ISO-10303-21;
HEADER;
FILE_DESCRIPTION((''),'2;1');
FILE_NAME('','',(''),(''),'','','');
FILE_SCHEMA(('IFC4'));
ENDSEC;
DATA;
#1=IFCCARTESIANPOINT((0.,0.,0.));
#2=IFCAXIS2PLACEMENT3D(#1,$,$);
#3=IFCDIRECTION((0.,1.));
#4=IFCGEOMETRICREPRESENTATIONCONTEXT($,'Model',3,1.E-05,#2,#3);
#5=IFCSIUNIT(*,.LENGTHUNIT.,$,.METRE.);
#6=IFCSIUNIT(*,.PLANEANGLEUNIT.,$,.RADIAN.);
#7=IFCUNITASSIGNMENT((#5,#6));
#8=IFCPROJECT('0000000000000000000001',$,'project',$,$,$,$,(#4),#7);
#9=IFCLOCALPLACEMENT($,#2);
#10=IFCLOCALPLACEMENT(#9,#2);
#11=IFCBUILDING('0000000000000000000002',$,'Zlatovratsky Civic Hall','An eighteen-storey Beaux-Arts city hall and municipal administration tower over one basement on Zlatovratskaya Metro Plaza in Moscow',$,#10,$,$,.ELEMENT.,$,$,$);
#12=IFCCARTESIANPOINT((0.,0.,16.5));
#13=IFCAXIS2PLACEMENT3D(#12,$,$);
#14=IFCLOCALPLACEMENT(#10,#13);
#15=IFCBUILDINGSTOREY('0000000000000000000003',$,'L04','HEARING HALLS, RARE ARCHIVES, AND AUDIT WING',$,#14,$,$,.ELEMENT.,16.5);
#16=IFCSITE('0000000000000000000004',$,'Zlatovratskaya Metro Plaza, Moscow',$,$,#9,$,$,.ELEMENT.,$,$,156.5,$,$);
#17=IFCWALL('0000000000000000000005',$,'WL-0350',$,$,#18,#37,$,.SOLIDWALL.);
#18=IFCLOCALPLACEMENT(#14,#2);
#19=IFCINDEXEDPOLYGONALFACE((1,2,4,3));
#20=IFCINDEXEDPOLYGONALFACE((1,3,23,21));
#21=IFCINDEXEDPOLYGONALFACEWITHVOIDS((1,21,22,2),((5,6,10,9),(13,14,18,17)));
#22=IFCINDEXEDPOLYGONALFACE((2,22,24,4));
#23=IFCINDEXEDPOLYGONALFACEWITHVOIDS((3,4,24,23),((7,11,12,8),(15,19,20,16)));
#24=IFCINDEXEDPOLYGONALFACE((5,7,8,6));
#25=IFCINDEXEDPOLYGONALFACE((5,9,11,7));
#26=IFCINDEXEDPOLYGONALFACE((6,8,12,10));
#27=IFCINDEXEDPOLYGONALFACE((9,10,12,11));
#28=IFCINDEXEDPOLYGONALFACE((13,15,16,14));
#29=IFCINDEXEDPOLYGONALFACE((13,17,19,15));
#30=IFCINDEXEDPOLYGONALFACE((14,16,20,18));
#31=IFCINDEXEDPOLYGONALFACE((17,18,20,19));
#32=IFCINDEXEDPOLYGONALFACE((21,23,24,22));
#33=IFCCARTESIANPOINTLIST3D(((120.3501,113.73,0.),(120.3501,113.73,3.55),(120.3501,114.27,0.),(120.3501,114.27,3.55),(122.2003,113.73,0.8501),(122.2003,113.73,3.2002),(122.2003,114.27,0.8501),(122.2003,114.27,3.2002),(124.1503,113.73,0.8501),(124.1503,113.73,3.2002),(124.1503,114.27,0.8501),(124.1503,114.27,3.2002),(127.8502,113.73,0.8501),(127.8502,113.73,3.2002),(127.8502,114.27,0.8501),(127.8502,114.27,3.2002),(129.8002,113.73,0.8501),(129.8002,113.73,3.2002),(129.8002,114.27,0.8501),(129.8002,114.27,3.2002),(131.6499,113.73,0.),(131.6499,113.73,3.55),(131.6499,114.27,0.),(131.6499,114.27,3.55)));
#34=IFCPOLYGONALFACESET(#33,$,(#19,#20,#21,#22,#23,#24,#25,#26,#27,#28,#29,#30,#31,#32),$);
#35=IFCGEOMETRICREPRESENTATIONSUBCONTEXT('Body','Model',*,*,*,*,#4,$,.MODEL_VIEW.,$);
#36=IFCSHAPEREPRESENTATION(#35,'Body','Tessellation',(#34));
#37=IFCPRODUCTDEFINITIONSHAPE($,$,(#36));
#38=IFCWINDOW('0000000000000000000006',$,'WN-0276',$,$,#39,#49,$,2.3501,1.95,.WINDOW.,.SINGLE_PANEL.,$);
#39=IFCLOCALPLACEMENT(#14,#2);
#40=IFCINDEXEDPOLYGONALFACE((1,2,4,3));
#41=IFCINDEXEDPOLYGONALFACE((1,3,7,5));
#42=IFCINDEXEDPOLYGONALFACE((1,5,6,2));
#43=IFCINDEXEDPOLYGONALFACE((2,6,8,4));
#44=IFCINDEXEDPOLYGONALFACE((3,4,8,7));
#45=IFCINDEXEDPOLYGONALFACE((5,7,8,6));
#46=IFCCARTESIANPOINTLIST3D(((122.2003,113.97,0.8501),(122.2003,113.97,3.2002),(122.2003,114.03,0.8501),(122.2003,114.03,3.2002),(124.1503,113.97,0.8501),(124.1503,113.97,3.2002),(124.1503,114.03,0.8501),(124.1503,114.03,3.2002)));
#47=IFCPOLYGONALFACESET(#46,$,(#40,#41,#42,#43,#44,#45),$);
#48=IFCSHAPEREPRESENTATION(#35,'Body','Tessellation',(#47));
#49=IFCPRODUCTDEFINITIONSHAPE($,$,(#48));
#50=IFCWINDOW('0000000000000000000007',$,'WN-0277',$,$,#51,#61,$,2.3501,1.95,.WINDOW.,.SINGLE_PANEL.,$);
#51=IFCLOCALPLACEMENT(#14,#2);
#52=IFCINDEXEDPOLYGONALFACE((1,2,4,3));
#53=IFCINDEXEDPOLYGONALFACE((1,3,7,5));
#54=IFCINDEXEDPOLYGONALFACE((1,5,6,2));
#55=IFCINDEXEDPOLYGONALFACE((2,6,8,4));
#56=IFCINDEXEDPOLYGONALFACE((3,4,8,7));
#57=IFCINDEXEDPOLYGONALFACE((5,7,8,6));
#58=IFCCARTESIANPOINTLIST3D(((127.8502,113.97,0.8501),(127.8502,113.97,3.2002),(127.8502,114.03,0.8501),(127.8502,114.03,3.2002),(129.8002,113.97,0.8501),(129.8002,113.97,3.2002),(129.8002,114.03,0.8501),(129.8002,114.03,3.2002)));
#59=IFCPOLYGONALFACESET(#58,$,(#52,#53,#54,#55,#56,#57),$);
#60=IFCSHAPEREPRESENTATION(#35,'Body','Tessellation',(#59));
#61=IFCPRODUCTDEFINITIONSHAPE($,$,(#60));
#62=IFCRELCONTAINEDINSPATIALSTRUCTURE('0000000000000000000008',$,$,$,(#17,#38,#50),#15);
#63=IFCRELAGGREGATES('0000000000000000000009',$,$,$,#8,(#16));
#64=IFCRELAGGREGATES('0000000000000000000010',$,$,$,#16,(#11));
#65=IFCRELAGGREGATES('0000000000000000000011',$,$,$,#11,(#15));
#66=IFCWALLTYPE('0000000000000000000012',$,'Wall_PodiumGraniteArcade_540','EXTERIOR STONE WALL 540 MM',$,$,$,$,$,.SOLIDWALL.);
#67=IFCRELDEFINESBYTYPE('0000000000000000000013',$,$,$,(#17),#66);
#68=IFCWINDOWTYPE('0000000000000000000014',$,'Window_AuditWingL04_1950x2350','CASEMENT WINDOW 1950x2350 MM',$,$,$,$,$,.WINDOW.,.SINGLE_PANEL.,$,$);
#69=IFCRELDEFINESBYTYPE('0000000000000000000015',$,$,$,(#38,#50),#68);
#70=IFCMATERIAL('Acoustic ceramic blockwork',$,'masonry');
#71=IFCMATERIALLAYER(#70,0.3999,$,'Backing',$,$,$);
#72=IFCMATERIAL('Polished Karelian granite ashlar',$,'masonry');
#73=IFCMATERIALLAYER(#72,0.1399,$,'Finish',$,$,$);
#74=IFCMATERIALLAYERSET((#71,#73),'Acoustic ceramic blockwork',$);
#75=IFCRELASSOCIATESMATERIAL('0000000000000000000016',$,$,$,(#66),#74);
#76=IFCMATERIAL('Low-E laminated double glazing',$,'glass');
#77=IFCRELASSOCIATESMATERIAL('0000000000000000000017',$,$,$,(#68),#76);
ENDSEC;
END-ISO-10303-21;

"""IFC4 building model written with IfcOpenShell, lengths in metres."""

from ifc_helpers import new_model, si_unit, direction, frame, frame_2d, origin, place, context, subcontext, project, spatial, rectangle, extrude, material, layer, layer_set, type_object, element, fill, save


model = new_model("IFC4")

# Units and contexts
model_context = context("Model", 3, precision=1e-05, world=origin(), true_north=direction((0.0, 1.0)))
body_context = subcontext(model_context, "Body", "Model", "MODEL_VIEW")
ifc_project = project(units=[si_unit("LENGTHUNIT", "METRE"), si_unit("PLANEANGLEUNIT", "RADIAN")], contexts=[model_context])

# Site, building, storey
site_placement = place(None, origin())
site = spatial("IfcSite", under=ifc_project, at=site_placement, Name="Zlatovratskaya Metro Plaza, Moscow", CompositionType="ELEMENT", RefElevation=156.5)
building_placement = place(site_placement, origin())
building = spatial("IfcBuilding", under=site, at=building_placement, Name="Zlatovratsky Civic Hall", Description="An eighteen-storey Beaux-Arts city hall and municipal administration tower over one basement on Zlatovratskaya Metro Plaza in Moscow", CompositionType="ELEMENT")
storey_placement = place(building_placement, frame((0.0, 0.0, 16.5)))
storey = spatial("IfcBuildingStorey", under=building, at=storey_placement, Name="L04", Description="HEARING HALLS, RARE ARCHIVES, AND AUDIT WING", CompositionType="ELEMENT", Elevation=16.5)

# Wall, openings, windows
ifc_material_1 = material(Name="Acoustic ceramic blockwork", Category="masonry")
ifc_layer_1 = layer(ifc_material_1, 0.3999, Name="Backing")
ifc_material_2 = material(Name="Polished Karelian granite ashlar", Category="masonry")
ifc_layer_2 = layer(ifc_material_2, 0.1399, Name="Finish")
ifc_layer_set = layer_set([ifc_layer_1, ifc_layer_2], Name="Acoustic ceramic blockwork")
wall_type = type_object("IfcWallType", Name="Wall_PodiumGraniteArcade_540", Description="EXTERIOR STONE WALL 540 MM", PredefinedType="SOLIDWALL", material=ifc_layer_set)
wall_placement = place(storey_placement, frame((120.3501, 114.0, 0.0), z_axis=(0.0, 0.0, 1.0), x_axis=(1.0, 0.0, 0.0)))
wall = element("IfcWall", 1, at=wall_placement, inside=storey, type_object=wall_type, Name="WL-0350", PredefinedType="SOLIDWALL", context=body_context, shape_type="SweptSolid", body=[
    extrude(rectangle(XDim=11.2998, YDim=0.54, at=frame_2d((5.6499, 0.0))), origin(), (0.0, 0.0, 1.0), 3.55),
])
opening_1_placement = place(wall_placement, frame((1.8501, 0.0, 0.8501)))
opening_1 = element("IfcOpeningElement", 2, at=opening_1_placement, cuts=wall, PredefinedType="OPENING", context=body_context, shape_type="SweptSolid", body=[
    extrude(rectangle(XDim=1.95, YDim=2.3501, at=frame_2d((0.9751, 1.175))), frame((0.0, 0.2849, 0.0), z_axis=(0.0, -1.0, 0.0), x_axis=(1.0, 0.0, 0.0)), (0.0, 0.0, 1.0), 0.5698),
])
opening_2_placement = place(wall_placement, frame((7.5, 0.0, 0.8501)))
opening_2 = element("IfcOpeningElement", 3, at=opening_2_placement, cuts=wall, PredefinedType="OPENING", context=body_context, shape_type="SweptSolid", body=[
    extrude(rectangle(XDim=1.95, YDim=2.3501, at=frame_2d((0.9751, 1.175))), frame((0.0, 0.2849, 0.0), z_axis=(0.0, -1.0, 0.0), x_axis=(1.0, 0.0, 0.0)), (0.0, 0.0, 1.0), 0.5698),
])
ifc_material_3 = material(Name="Low-E laminated double glazing", Category="glass")
window_type = type_object("IfcWindowType", Name="Window_AuditWingL04_1950x2350", Description="CASEMENT WINDOW 1950x2350 MM", PartitioningType="SINGLE_PANEL", PredefinedType="WINDOW", material=ifc_material_3)
window_1_placement = place(opening_1_placement, origin())
window_1 = element("IfcWindow", 4, at=window_1_placement, inside=storey, type_object=window_type, Name="WN-0276", OverallHeight=2.3501, OverallWidth=1.95, PartitioningType="SINGLE_PANEL", PredefinedType="WINDOW", context=body_context, shape_type="SweptSolid", body=[
    extrude(rectangle(XDim=1.95, YDim=2.3501, at=frame_2d((0.9751, 1.175))), frame((0.0, 0.03, 0.0), z_axis=(0.0, -1.0, 0.0), x_axis=(1.0, 0.0, 0.0)), (0.0, 0.0, 1.0), 0.0601),
])
fill(opening_1, window_1)
window_2_placement = place(opening_2_placement, origin())
window_2 = element("IfcWindow", 5, at=window_2_placement, inside=storey, type_object=window_type, Name="WN-0277", OverallHeight=2.3501, OverallWidth=1.95, PartitioningType="SINGLE_PANEL", PredefinedType="WINDOW", context=body_context, shape_type="SweptSolid", body=[
    extrude(rectangle(XDim=1.95, YDim=2.3501, at=frame_2d((0.9751, 1.175))), frame((0.0, 0.03, 0.0), z_axis=(0.0, -1.0, 0.0), x_axis=(1.0, 0.0, 0.0)), (0.0, 0.0, 1.0), 0.0601),
])
fill(opening_2, window_2)

save(model, "model.ifc")
